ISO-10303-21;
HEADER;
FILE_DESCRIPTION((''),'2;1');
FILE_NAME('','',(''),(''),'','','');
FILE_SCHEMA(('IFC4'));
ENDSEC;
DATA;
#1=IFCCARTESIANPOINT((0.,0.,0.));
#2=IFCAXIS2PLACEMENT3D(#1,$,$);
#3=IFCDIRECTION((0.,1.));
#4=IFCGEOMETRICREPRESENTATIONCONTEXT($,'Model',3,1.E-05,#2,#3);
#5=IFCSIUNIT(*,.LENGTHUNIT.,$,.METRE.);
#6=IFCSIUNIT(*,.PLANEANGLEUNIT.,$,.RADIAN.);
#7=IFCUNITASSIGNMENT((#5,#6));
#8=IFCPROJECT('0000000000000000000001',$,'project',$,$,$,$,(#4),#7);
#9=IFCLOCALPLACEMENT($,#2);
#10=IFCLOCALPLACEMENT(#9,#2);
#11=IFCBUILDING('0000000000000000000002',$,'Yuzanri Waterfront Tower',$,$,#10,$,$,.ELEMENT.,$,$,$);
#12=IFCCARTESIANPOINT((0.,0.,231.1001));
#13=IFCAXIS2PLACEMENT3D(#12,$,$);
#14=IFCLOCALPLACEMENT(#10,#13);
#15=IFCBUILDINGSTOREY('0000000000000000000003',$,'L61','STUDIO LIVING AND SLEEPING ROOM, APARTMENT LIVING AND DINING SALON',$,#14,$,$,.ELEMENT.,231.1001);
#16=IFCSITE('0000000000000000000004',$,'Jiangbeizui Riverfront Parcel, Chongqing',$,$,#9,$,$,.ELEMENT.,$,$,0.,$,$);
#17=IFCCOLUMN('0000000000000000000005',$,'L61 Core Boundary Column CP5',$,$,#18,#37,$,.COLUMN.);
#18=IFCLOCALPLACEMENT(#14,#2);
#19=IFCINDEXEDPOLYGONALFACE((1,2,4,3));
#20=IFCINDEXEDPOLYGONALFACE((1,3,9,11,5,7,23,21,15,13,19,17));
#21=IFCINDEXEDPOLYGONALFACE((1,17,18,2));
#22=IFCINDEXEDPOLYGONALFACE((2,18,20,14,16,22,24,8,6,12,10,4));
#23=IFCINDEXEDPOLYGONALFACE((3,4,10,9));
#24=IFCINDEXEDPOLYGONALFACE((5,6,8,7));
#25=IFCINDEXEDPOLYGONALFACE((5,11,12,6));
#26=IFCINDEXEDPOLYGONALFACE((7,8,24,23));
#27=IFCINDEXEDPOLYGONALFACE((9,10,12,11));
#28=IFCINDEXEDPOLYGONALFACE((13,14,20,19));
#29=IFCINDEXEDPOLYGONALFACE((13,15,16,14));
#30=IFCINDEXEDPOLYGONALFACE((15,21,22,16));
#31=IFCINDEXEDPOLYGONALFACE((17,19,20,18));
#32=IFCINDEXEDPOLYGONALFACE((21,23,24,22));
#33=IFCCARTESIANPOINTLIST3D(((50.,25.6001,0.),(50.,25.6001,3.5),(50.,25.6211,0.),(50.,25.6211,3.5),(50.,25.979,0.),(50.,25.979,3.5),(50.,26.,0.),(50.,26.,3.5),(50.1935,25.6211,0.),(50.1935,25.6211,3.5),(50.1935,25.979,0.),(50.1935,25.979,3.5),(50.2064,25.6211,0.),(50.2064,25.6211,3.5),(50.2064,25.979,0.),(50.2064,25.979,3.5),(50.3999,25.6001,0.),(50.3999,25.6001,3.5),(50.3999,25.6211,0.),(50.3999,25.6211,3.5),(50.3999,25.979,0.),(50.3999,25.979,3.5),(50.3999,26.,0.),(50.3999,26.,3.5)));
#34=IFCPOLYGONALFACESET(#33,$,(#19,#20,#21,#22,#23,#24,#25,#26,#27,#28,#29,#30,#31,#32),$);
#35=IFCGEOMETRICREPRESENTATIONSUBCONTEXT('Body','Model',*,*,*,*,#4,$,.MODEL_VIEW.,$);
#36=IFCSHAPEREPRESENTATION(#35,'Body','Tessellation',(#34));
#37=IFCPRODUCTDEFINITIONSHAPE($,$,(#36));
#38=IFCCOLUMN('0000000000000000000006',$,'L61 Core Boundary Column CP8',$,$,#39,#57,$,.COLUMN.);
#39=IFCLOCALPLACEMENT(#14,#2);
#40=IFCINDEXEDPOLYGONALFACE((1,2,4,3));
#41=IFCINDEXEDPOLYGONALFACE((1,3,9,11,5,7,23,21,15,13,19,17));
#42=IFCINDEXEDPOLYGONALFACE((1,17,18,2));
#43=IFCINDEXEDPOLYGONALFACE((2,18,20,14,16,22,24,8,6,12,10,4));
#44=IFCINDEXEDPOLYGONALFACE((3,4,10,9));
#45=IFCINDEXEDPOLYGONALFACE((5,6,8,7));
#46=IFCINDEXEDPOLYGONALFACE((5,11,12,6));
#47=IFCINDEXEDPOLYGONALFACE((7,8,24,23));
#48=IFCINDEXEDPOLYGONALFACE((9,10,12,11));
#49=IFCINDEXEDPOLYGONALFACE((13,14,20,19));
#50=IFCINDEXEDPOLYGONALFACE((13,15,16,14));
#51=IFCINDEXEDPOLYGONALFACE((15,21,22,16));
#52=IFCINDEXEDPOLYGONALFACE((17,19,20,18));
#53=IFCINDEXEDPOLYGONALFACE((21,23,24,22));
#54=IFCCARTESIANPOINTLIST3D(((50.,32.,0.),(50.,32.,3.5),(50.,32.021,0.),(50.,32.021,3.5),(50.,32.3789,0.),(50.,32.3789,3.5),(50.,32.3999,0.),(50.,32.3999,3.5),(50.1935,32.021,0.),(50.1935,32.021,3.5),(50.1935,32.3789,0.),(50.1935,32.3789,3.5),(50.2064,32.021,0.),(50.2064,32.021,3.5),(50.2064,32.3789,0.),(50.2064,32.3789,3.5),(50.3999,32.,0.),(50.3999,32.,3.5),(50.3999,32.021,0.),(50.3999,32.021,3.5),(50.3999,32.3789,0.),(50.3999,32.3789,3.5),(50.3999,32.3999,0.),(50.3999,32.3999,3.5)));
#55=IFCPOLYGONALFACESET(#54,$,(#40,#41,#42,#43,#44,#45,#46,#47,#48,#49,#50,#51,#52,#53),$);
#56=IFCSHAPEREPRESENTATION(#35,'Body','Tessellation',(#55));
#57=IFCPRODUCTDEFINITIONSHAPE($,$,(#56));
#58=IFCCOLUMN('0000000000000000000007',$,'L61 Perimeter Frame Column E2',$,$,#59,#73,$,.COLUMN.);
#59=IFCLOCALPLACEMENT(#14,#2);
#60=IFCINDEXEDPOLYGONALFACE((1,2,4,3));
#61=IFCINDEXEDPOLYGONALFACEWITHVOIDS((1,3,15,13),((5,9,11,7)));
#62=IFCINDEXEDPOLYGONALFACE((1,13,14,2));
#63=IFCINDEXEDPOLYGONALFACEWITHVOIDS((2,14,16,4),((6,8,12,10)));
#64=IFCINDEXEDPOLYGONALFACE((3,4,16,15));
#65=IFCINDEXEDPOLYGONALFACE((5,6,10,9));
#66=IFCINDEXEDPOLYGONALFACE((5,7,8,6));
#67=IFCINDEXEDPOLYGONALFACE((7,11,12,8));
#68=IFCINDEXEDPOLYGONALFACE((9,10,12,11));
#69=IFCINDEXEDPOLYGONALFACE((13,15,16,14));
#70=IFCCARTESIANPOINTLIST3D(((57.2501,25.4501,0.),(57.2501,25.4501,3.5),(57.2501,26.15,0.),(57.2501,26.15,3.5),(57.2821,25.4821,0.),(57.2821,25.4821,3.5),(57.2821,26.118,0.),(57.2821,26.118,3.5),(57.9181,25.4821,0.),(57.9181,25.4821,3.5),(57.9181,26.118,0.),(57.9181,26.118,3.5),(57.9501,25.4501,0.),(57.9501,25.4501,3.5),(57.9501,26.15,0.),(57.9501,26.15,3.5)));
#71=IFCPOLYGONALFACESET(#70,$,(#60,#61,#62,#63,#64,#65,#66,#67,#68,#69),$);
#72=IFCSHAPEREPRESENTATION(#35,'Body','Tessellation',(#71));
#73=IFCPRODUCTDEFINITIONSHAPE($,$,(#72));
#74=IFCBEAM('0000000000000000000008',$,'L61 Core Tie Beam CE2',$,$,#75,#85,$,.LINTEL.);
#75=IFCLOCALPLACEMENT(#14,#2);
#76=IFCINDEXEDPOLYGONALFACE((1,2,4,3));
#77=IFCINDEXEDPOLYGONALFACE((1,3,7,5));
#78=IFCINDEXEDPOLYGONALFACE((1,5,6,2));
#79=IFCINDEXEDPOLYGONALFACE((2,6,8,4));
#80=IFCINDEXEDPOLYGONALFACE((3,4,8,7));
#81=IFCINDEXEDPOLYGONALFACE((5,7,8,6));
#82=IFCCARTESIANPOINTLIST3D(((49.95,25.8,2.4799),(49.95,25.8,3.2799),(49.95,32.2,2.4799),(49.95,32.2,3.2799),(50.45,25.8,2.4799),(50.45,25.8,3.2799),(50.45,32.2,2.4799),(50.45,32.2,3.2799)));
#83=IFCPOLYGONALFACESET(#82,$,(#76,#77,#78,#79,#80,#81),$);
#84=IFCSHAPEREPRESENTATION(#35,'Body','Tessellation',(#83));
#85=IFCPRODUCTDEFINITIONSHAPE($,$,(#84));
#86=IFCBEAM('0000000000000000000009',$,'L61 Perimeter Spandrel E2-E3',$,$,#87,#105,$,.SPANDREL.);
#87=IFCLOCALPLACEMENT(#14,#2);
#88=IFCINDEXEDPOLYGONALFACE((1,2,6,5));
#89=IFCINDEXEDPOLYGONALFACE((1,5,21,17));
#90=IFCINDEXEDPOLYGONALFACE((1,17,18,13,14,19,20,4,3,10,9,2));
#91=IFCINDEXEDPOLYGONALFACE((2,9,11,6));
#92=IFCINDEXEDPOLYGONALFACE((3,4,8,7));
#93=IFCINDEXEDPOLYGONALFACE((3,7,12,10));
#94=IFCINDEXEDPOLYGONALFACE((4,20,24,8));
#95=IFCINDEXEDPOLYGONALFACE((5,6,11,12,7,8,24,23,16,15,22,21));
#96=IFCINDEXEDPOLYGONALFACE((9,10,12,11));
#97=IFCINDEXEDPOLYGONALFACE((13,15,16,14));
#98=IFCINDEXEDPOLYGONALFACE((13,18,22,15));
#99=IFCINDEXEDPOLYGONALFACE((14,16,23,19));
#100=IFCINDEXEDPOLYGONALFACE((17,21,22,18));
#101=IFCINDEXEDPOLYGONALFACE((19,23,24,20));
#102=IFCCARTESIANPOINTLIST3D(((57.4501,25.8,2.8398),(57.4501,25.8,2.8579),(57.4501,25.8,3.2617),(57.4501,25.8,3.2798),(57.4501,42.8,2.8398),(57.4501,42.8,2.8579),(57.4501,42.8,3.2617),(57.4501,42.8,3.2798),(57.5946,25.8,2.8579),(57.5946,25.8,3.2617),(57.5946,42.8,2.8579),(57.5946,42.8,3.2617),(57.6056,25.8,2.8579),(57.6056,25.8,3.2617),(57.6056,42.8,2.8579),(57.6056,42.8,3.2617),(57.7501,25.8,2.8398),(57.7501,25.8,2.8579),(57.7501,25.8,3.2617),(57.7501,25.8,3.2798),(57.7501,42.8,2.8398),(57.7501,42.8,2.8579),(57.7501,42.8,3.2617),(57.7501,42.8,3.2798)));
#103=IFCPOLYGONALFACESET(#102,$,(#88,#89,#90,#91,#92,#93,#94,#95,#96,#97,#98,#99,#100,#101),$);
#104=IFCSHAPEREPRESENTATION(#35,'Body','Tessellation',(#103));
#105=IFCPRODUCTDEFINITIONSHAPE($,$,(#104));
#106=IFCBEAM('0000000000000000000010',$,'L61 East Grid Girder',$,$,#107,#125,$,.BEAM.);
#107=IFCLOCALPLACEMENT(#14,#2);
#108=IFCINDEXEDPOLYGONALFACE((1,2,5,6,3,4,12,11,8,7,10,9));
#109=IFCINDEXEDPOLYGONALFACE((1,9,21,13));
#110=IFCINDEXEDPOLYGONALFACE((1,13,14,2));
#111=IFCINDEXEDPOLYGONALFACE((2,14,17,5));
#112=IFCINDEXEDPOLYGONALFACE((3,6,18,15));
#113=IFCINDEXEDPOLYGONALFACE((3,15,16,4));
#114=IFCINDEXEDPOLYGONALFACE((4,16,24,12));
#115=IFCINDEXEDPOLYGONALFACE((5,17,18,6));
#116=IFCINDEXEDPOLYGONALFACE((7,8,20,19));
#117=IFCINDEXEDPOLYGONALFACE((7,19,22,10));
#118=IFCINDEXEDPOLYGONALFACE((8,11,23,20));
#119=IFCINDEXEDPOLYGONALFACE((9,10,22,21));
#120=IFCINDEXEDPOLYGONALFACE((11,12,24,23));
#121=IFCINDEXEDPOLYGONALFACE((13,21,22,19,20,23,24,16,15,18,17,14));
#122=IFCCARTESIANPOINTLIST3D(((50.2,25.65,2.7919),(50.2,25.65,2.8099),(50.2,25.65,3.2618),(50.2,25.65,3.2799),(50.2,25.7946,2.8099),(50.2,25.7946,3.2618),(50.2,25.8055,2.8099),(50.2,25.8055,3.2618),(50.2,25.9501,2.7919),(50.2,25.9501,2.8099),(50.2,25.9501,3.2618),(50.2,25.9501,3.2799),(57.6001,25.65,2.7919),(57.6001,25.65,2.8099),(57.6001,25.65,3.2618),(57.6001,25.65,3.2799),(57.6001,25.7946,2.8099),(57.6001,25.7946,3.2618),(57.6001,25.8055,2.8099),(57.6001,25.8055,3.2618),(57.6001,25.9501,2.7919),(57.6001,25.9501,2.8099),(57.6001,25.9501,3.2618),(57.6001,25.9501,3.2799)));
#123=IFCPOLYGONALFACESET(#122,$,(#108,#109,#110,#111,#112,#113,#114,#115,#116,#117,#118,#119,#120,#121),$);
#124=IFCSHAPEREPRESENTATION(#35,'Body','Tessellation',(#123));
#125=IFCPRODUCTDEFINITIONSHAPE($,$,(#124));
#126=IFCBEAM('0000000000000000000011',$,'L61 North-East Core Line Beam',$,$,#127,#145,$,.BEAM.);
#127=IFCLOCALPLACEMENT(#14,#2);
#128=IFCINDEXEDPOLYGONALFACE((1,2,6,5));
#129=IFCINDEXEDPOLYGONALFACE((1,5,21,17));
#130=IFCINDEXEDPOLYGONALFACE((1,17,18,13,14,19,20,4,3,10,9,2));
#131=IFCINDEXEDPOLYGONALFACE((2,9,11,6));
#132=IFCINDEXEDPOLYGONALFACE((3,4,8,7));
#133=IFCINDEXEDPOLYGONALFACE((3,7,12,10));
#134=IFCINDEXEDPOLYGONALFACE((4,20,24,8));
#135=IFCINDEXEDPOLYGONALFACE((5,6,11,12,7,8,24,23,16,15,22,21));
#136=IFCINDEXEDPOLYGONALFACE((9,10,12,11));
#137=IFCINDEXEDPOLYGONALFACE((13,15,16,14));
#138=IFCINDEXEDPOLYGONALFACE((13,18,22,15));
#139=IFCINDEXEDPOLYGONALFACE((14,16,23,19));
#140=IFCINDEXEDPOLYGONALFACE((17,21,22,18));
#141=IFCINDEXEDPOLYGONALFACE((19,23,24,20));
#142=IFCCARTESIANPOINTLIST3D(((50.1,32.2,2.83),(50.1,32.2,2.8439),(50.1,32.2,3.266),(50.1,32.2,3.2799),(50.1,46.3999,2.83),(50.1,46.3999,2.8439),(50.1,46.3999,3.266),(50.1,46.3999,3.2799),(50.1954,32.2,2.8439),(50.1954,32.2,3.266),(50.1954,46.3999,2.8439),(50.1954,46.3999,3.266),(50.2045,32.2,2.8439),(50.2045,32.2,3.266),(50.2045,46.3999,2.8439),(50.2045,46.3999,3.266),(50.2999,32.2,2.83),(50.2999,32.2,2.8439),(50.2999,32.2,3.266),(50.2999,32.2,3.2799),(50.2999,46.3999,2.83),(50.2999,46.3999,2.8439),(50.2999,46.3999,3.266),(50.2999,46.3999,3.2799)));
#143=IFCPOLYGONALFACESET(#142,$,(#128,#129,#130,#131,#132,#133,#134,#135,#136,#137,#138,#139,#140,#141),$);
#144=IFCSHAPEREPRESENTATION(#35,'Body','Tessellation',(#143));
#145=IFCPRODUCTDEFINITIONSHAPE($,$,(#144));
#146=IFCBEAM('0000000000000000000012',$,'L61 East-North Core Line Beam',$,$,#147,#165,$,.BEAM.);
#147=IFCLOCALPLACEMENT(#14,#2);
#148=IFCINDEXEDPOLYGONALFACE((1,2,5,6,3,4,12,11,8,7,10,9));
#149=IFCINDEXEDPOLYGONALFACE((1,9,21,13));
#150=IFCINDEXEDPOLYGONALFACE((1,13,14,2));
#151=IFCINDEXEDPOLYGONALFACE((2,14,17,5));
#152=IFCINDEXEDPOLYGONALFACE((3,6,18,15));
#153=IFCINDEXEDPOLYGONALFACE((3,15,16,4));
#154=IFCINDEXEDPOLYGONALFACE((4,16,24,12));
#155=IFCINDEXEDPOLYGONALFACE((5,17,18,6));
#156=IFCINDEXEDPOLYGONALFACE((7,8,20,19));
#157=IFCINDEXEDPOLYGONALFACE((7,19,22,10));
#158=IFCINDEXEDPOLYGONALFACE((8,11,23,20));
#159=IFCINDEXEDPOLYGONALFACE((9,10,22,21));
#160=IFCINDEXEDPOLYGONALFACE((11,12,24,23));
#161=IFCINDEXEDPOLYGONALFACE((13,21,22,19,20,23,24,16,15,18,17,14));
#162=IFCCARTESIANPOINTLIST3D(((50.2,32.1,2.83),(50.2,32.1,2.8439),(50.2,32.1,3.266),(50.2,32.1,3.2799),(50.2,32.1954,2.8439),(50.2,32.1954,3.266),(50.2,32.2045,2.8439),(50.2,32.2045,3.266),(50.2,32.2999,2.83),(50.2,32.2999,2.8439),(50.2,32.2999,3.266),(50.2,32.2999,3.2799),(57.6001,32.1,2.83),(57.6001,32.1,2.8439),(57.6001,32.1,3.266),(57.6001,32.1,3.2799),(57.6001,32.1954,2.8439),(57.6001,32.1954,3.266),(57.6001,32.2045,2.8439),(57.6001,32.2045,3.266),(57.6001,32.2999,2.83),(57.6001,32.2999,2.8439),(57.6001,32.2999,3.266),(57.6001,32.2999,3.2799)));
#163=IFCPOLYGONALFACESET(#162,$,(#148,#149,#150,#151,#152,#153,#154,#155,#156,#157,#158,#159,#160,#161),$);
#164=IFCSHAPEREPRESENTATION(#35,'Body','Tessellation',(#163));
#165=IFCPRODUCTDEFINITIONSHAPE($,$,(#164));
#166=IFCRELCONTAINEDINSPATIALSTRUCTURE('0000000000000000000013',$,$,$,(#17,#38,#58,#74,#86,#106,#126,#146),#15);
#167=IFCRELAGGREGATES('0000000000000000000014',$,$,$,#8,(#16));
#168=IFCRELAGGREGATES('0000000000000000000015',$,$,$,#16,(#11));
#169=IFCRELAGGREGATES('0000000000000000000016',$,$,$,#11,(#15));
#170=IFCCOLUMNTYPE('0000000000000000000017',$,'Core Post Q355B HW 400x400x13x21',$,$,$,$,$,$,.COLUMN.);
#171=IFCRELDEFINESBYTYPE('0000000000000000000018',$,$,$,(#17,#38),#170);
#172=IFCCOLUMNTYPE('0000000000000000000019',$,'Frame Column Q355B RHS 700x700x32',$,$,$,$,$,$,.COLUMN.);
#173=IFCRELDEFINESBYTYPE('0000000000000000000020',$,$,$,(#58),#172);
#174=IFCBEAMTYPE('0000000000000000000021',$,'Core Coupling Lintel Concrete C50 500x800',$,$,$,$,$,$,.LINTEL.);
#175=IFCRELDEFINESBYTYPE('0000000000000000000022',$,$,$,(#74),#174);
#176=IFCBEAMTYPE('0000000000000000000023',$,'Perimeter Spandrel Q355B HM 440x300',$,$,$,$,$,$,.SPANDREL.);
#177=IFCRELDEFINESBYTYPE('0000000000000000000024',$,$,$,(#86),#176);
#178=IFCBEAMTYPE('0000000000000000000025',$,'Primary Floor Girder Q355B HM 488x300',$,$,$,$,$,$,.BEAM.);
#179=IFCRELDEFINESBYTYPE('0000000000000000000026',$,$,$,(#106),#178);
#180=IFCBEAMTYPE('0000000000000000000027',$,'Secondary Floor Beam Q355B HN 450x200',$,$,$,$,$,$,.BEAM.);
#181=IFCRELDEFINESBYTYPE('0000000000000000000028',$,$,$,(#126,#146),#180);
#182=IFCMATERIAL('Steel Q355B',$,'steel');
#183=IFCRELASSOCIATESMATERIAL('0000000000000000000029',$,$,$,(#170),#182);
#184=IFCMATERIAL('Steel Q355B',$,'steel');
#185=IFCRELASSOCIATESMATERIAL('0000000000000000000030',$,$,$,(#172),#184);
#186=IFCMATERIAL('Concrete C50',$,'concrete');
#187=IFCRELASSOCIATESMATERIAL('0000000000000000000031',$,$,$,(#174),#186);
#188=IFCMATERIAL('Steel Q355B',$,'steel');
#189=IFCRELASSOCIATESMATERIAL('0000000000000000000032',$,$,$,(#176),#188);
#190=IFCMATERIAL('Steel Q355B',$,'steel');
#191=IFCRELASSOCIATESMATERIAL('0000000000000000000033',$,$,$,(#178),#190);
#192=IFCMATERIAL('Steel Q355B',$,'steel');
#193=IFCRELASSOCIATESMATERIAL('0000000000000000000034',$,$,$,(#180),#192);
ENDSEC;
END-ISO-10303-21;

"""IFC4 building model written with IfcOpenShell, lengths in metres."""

from ifc_helpers import new_model, si_unit, direction, frame, origin, origin_2d, place, context, subcontext, project, spatial, rectangle, hollow_rectangle, i_section, extrude, source, transform, mapped, material, material_profile, profile_set, type_object, element, save


model = new_model("IFC4")

# Units and contexts
model_context = context("Model", 3, precision=1e-05, world=origin(), true_north=direction((0.0, 1.0)))
body_context = subcontext(model_context, "Body", "Model", "MODEL_VIEW")
ifc_project = project(units=[si_unit("LENGTHUNIT", "METRE"), si_unit("PLANEANGLEUNIT", "RADIAN")], contexts=[model_context])

# Site, building, storey
site_placement = place(None, origin())
site = spatial("IfcSite", under=ifc_project, at=site_placement, Name="Jiangbeizui Riverfront Parcel, Chongqing", CompositionType="ELEMENT", RefElevation=0.0)
building_placement = place(site_placement, origin())
building = spatial("IfcBuilding", under=site, at=building_placement, Name="Yuzanri Waterfront Tower", CompositionType="ELEMENT")
storey_placement = place(building_placement, frame((0.0, 0.0, 231.1001)))
storey = spatial("IfcBuildingStorey", under=building, at=storey_placement, Name="L61", Description="STUDIO LIVING AND SLEEPING ROOM, APARTMENT LIVING AND DINING SALON", CompositionType="ELEMENT", Elevation=231.1001)

# Columns
ifc_material_1 = material(Name="Steel Q355B", Category="steel")
ifc_material_profile_1 = material_profile(ifc_material_1, i_section(OverallWidth=0.3999, OverallDepth=0.3999, WebThickness=0.0129, FlangeThickness=0.021, at=origin_2d()), Name="HW 400x400x13x21")
ifc_profile_set_1 = profile_set([ifc_material_profile_1], Name="Steel Q355B")
column_type_1 = type_object("IfcColumnType", Name="Core Post Q355B HW 400x400x13x21", PredefinedType="COLUMN", material=ifc_profile_set_1)
shared_shape_1 = source(origin(), body_context, "Body", "SweptSolid", [
    extrude(i_section(OverallWidth=0.3999, OverallDepth=0.3999, WebThickness=0.0129, FlangeThickness=0.021, at=origin_2d()), origin(), (0.0, 0.0, 1.0), 3.5),
])
for number, where, z_axis, x_axis, name in (
    (1, (50.2, 25.8, 0.0), (0.0, 0.0, 1.0), (1.0, 0.0, 0.0), "L61 Core Boundary Column CP5"),
    (2, (50.2, 32.2, 0.0), (0.0, 0.0, 1.0), (1.0, 0.0, 0.0), "L61 Core Boundary Column CP8"),
):
    element("IfcColumn", number, at=place(storey_placement, frame(where, z_axis=z_axis, x_axis=x_axis)), inside=storey, type_object=column_type_1, Name=name, PredefinedType="COLUMN", context=body_context, shape_type="MappedRepresentation", body=[
        mapped(shared_shape_1, transform((0.0, 0.0, 0.0), scale=1.0)),
    ])
ifc_material_2 = material(Name="Steel Q355B", Category="steel")
ifc_material_profile_2 = material_profile(ifc_material_2, hollow_rectangle(XDim=0.7, YDim=0.7, WallThickness=0.032, at=origin_2d()), Name="RHS 700x700x32")
ifc_profile_set_2 = profile_set([ifc_material_profile_2], Name="Steel Q355B")
column_type_2 = type_object("IfcColumnType", Name="Frame Column Q355B RHS 700x700x32", PredefinedType="COLUMN", material=ifc_profile_set_2)
shared_shape_2 = source(origin(), body_context, "Body", "SweptSolid", [
    extrude(hollow_rectangle(XDim=0.7, YDim=0.7, WallThickness=0.032, at=origin_2d()), origin(), (0.0, 0.0, 1.0), 3.5),
])
column_placement = place(storey_placement, frame((57.6001, 25.8, 0.0), z_axis=(0.0, 0.0, 1.0), x_axis=(1.0, 0.0, 0.0)))
element("IfcColumn", 3, at=column_placement, inside=storey, type_object=column_type_2, Name="L61 Perimeter Frame Column E2", PredefinedType="COLUMN", context=body_context, shape_type="MappedRepresentation", body=[
    mapped(shared_shape_2, transform((0.0, 0.0, 0.0), scale=1.0)),
])

# Beams
ifc_material_3 = material(Name="Concrete C50", Category="concrete")
ifc_material_profile_3 = material_profile(ifc_material_3, rectangle(XDim=0.5, YDim=0.8, at=origin_2d()), Name="RC 500x800")
ifc_profile_set_3 = profile_set([ifc_material_profile_3], Name="Concrete C50")
beam_type_1 = type_object("IfcBeamType", Name="Core Coupling Lintel Concrete C50 500x800", PredefinedType="LINTEL", material=ifc_profile_set_3)
shared_shape_3 = source(origin(), body_context, "Body", "SweptSolid", [
    extrude(rectangle(XDim=0.5, YDim=0.8, at=origin_2d()), origin(), (0.0, 0.0, 1.0), 6.3999),
])
beam_1_placement = place(storey_placement, frame((50.2, 25.8, 2.8799), z_axis=(0.0, 1.0, 0.0), x_axis=(-1.0, 0.0, 0.0)))
element("IfcBeam", 4, at=beam_1_placement, inside=storey, type_object=beam_type_1, Name="L61 Core Tie Beam CE2", PredefinedType="LINTEL", context=body_context, shape_type="MappedRepresentation", body=[
    mapped(shared_shape_3, transform((0.0, 0.0, 0.0), scale=1.0)),
])
ifc_material_4 = material(Name="Steel Q355B", Category="steel")
ifc_material_profile_4 = material_profile(ifc_material_4, i_section(OverallWidth=0.3, OverallDepth=0.4399, WebThickness=0.011, FlangeThickness=0.0181, at=origin_2d()), Name="HM 440x300x11x18")
ifc_profile_set_4 = profile_set([ifc_material_profile_4], Name="Steel Q355B")
beam_type_2 = type_object("IfcBeamType", Name="Perimeter Spandrel Q355B HM 440x300", PredefinedType="SPANDREL", material=ifc_profile_set_4)
shared_shape_4 = source(origin(), body_context, "Body", "SweptSolid", [
    extrude(i_section(OverallWidth=0.3, OverallDepth=0.4399, WebThickness=0.011, FlangeThickness=0.0181, at=origin_2d()), origin(), (0.0, 0.0, 1.0), 17.0),
])
beam_2_placement = place(storey_placement, frame((57.6001, 25.8, 3.0598), z_axis=(0.0, 1.0, 0.0), x_axis=(-1.0, 0.0, 0.0)))
element("IfcBeam", 5, at=beam_2_placement, inside=storey, type_object=beam_type_2, Name="L61 Perimeter Spandrel E2-E3", PredefinedType="SPANDREL", context=body_context, shape_type="MappedRepresentation", body=[
    mapped(shared_shape_4, transform((0.0, 0.0, 0.0), scale=1.0)),
])
ifc_material_5 = material(Name="Steel Q355B", Category="steel")
ifc_material_profile_5 = material_profile(ifc_material_5, i_section(OverallWidth=0.3, OverallDepth=0.488, WebThickness=0.011, FlangeThickness=0.0181, at=origin_2d()), Name="HM 488x300x11x18")
ifc_profile_set_5 = profile_set([ifc_material_profile_5], Name="Steel Q355B")
beam_type_3 = type_object("IfcBeamType", Name="Primary Floor Girder Q355B HM 488x300", PredefinedType="BEAM", material=ifc_profile_set_5)
shared_shape_5 = source(origin(), body_context, "Body", "SweptSolid", [
    extrude(i_section(OverallWidth=0.3, OverallDepth=0.488, WebThickness=0.011, FlangeThickness=0.0181, at=origin_2d()), origin(), (0.0, 0.0, 1.0), 7.4001),
])
beam_3_placement = place(storey_placement, frame((50.2, 25.8, 3.0359), z_axis=(1.0, 0.0, 0.0), x_axis=(0.0, 1.0, 0.0)))
element("IfcBeam", 6, at=beam_3_placement, inside=storey, type_object=beam_type_3, Name="L61 East Grid Girder", PredefinedType="BEAM", context=body_context, shape_type="MappedRepresentation", body=[
    mapped(shared_shape_5, transform((0.0, 0.0, 0.0), scale=1.0)),
])
ifc_material_6 = material(Name="Steel Q355B", Category="steel")
ifc_material_profile_6 = material_profile(ifc_material_6, i_section(OverallWidth=0.2, OverallDepth=0.45, WebThickness=0.009, FlangeThickness=0.0139, at=origin_2d()), Name="HN 450x200x9x14")
ifc_profile_set_6 = profile_set([ifc_material_profile_6], Name="Steel Q355B")
beam_type_4 = type_object("IfcBeamType", Name="Secondary Floor Beam Q355B HN 450x200", PredefinedType="BEAM", material=ifc_profile_set_6)
shared_shape_6 = source(origin(), body_context, "Body", "SweptSolid", [
    extrude(i_section(OverallWidth=0.2, OverallDepth=0.45, WebThickness=0.009, FlangeThickness=0.0139, at=origin_2d()), origin(), (0.0, 0.0, 1.0), 14.2),
])
beam_4_placement = place(storey_placement, frame((50.2, 32.2, 3.0549), z_axis=(0.0, 1.0, 0.0), x_axis=(-1.0, 0.0, 0.0)))
element("IfcBeam", 7, at=beam_4_placement, inside=storey, type_object=beam_type_4, Name="L61 North-East Core Line Beam", PredefinedType="BEAM", context=body_context, shape_type="MappedRepresentation", body=[
    mapped(shared_shape_6, transform((0.0, 0.0, 0.0), scale=1.0)),
])
shared_shape_7 = source(origin(), body_context, "Body", "SweptSolid", [
    extrude(i_section(OverallWidth=0.2, OverallDepth=0.45, WebThickness=0.009, FlangeThickness=0.0139, at=origin_2d()), origin(), (0.0, 0.0, 1.0), 7.4001),
])
beam_5_placement = place(storey_placement, frame((50.2, 32.2, 3.0549), z_axis=(1.0, 0.0, 0.0), x_axis=(0.0, 1.0, 0.0)))
element("IfcBeam", 8, at=beam_5_placement, inside=storey, type_object=beam_type_4, Name="L61 East-North Core Line Beam", PredefinedType="BEAM", context=body_context, shape_type="MappedRepresentation", body=[
    mapped(shared_shape_7, transform((0.0, 0.0, 0.0), scale=1.0)),
])

save(model, "model.ifc")
